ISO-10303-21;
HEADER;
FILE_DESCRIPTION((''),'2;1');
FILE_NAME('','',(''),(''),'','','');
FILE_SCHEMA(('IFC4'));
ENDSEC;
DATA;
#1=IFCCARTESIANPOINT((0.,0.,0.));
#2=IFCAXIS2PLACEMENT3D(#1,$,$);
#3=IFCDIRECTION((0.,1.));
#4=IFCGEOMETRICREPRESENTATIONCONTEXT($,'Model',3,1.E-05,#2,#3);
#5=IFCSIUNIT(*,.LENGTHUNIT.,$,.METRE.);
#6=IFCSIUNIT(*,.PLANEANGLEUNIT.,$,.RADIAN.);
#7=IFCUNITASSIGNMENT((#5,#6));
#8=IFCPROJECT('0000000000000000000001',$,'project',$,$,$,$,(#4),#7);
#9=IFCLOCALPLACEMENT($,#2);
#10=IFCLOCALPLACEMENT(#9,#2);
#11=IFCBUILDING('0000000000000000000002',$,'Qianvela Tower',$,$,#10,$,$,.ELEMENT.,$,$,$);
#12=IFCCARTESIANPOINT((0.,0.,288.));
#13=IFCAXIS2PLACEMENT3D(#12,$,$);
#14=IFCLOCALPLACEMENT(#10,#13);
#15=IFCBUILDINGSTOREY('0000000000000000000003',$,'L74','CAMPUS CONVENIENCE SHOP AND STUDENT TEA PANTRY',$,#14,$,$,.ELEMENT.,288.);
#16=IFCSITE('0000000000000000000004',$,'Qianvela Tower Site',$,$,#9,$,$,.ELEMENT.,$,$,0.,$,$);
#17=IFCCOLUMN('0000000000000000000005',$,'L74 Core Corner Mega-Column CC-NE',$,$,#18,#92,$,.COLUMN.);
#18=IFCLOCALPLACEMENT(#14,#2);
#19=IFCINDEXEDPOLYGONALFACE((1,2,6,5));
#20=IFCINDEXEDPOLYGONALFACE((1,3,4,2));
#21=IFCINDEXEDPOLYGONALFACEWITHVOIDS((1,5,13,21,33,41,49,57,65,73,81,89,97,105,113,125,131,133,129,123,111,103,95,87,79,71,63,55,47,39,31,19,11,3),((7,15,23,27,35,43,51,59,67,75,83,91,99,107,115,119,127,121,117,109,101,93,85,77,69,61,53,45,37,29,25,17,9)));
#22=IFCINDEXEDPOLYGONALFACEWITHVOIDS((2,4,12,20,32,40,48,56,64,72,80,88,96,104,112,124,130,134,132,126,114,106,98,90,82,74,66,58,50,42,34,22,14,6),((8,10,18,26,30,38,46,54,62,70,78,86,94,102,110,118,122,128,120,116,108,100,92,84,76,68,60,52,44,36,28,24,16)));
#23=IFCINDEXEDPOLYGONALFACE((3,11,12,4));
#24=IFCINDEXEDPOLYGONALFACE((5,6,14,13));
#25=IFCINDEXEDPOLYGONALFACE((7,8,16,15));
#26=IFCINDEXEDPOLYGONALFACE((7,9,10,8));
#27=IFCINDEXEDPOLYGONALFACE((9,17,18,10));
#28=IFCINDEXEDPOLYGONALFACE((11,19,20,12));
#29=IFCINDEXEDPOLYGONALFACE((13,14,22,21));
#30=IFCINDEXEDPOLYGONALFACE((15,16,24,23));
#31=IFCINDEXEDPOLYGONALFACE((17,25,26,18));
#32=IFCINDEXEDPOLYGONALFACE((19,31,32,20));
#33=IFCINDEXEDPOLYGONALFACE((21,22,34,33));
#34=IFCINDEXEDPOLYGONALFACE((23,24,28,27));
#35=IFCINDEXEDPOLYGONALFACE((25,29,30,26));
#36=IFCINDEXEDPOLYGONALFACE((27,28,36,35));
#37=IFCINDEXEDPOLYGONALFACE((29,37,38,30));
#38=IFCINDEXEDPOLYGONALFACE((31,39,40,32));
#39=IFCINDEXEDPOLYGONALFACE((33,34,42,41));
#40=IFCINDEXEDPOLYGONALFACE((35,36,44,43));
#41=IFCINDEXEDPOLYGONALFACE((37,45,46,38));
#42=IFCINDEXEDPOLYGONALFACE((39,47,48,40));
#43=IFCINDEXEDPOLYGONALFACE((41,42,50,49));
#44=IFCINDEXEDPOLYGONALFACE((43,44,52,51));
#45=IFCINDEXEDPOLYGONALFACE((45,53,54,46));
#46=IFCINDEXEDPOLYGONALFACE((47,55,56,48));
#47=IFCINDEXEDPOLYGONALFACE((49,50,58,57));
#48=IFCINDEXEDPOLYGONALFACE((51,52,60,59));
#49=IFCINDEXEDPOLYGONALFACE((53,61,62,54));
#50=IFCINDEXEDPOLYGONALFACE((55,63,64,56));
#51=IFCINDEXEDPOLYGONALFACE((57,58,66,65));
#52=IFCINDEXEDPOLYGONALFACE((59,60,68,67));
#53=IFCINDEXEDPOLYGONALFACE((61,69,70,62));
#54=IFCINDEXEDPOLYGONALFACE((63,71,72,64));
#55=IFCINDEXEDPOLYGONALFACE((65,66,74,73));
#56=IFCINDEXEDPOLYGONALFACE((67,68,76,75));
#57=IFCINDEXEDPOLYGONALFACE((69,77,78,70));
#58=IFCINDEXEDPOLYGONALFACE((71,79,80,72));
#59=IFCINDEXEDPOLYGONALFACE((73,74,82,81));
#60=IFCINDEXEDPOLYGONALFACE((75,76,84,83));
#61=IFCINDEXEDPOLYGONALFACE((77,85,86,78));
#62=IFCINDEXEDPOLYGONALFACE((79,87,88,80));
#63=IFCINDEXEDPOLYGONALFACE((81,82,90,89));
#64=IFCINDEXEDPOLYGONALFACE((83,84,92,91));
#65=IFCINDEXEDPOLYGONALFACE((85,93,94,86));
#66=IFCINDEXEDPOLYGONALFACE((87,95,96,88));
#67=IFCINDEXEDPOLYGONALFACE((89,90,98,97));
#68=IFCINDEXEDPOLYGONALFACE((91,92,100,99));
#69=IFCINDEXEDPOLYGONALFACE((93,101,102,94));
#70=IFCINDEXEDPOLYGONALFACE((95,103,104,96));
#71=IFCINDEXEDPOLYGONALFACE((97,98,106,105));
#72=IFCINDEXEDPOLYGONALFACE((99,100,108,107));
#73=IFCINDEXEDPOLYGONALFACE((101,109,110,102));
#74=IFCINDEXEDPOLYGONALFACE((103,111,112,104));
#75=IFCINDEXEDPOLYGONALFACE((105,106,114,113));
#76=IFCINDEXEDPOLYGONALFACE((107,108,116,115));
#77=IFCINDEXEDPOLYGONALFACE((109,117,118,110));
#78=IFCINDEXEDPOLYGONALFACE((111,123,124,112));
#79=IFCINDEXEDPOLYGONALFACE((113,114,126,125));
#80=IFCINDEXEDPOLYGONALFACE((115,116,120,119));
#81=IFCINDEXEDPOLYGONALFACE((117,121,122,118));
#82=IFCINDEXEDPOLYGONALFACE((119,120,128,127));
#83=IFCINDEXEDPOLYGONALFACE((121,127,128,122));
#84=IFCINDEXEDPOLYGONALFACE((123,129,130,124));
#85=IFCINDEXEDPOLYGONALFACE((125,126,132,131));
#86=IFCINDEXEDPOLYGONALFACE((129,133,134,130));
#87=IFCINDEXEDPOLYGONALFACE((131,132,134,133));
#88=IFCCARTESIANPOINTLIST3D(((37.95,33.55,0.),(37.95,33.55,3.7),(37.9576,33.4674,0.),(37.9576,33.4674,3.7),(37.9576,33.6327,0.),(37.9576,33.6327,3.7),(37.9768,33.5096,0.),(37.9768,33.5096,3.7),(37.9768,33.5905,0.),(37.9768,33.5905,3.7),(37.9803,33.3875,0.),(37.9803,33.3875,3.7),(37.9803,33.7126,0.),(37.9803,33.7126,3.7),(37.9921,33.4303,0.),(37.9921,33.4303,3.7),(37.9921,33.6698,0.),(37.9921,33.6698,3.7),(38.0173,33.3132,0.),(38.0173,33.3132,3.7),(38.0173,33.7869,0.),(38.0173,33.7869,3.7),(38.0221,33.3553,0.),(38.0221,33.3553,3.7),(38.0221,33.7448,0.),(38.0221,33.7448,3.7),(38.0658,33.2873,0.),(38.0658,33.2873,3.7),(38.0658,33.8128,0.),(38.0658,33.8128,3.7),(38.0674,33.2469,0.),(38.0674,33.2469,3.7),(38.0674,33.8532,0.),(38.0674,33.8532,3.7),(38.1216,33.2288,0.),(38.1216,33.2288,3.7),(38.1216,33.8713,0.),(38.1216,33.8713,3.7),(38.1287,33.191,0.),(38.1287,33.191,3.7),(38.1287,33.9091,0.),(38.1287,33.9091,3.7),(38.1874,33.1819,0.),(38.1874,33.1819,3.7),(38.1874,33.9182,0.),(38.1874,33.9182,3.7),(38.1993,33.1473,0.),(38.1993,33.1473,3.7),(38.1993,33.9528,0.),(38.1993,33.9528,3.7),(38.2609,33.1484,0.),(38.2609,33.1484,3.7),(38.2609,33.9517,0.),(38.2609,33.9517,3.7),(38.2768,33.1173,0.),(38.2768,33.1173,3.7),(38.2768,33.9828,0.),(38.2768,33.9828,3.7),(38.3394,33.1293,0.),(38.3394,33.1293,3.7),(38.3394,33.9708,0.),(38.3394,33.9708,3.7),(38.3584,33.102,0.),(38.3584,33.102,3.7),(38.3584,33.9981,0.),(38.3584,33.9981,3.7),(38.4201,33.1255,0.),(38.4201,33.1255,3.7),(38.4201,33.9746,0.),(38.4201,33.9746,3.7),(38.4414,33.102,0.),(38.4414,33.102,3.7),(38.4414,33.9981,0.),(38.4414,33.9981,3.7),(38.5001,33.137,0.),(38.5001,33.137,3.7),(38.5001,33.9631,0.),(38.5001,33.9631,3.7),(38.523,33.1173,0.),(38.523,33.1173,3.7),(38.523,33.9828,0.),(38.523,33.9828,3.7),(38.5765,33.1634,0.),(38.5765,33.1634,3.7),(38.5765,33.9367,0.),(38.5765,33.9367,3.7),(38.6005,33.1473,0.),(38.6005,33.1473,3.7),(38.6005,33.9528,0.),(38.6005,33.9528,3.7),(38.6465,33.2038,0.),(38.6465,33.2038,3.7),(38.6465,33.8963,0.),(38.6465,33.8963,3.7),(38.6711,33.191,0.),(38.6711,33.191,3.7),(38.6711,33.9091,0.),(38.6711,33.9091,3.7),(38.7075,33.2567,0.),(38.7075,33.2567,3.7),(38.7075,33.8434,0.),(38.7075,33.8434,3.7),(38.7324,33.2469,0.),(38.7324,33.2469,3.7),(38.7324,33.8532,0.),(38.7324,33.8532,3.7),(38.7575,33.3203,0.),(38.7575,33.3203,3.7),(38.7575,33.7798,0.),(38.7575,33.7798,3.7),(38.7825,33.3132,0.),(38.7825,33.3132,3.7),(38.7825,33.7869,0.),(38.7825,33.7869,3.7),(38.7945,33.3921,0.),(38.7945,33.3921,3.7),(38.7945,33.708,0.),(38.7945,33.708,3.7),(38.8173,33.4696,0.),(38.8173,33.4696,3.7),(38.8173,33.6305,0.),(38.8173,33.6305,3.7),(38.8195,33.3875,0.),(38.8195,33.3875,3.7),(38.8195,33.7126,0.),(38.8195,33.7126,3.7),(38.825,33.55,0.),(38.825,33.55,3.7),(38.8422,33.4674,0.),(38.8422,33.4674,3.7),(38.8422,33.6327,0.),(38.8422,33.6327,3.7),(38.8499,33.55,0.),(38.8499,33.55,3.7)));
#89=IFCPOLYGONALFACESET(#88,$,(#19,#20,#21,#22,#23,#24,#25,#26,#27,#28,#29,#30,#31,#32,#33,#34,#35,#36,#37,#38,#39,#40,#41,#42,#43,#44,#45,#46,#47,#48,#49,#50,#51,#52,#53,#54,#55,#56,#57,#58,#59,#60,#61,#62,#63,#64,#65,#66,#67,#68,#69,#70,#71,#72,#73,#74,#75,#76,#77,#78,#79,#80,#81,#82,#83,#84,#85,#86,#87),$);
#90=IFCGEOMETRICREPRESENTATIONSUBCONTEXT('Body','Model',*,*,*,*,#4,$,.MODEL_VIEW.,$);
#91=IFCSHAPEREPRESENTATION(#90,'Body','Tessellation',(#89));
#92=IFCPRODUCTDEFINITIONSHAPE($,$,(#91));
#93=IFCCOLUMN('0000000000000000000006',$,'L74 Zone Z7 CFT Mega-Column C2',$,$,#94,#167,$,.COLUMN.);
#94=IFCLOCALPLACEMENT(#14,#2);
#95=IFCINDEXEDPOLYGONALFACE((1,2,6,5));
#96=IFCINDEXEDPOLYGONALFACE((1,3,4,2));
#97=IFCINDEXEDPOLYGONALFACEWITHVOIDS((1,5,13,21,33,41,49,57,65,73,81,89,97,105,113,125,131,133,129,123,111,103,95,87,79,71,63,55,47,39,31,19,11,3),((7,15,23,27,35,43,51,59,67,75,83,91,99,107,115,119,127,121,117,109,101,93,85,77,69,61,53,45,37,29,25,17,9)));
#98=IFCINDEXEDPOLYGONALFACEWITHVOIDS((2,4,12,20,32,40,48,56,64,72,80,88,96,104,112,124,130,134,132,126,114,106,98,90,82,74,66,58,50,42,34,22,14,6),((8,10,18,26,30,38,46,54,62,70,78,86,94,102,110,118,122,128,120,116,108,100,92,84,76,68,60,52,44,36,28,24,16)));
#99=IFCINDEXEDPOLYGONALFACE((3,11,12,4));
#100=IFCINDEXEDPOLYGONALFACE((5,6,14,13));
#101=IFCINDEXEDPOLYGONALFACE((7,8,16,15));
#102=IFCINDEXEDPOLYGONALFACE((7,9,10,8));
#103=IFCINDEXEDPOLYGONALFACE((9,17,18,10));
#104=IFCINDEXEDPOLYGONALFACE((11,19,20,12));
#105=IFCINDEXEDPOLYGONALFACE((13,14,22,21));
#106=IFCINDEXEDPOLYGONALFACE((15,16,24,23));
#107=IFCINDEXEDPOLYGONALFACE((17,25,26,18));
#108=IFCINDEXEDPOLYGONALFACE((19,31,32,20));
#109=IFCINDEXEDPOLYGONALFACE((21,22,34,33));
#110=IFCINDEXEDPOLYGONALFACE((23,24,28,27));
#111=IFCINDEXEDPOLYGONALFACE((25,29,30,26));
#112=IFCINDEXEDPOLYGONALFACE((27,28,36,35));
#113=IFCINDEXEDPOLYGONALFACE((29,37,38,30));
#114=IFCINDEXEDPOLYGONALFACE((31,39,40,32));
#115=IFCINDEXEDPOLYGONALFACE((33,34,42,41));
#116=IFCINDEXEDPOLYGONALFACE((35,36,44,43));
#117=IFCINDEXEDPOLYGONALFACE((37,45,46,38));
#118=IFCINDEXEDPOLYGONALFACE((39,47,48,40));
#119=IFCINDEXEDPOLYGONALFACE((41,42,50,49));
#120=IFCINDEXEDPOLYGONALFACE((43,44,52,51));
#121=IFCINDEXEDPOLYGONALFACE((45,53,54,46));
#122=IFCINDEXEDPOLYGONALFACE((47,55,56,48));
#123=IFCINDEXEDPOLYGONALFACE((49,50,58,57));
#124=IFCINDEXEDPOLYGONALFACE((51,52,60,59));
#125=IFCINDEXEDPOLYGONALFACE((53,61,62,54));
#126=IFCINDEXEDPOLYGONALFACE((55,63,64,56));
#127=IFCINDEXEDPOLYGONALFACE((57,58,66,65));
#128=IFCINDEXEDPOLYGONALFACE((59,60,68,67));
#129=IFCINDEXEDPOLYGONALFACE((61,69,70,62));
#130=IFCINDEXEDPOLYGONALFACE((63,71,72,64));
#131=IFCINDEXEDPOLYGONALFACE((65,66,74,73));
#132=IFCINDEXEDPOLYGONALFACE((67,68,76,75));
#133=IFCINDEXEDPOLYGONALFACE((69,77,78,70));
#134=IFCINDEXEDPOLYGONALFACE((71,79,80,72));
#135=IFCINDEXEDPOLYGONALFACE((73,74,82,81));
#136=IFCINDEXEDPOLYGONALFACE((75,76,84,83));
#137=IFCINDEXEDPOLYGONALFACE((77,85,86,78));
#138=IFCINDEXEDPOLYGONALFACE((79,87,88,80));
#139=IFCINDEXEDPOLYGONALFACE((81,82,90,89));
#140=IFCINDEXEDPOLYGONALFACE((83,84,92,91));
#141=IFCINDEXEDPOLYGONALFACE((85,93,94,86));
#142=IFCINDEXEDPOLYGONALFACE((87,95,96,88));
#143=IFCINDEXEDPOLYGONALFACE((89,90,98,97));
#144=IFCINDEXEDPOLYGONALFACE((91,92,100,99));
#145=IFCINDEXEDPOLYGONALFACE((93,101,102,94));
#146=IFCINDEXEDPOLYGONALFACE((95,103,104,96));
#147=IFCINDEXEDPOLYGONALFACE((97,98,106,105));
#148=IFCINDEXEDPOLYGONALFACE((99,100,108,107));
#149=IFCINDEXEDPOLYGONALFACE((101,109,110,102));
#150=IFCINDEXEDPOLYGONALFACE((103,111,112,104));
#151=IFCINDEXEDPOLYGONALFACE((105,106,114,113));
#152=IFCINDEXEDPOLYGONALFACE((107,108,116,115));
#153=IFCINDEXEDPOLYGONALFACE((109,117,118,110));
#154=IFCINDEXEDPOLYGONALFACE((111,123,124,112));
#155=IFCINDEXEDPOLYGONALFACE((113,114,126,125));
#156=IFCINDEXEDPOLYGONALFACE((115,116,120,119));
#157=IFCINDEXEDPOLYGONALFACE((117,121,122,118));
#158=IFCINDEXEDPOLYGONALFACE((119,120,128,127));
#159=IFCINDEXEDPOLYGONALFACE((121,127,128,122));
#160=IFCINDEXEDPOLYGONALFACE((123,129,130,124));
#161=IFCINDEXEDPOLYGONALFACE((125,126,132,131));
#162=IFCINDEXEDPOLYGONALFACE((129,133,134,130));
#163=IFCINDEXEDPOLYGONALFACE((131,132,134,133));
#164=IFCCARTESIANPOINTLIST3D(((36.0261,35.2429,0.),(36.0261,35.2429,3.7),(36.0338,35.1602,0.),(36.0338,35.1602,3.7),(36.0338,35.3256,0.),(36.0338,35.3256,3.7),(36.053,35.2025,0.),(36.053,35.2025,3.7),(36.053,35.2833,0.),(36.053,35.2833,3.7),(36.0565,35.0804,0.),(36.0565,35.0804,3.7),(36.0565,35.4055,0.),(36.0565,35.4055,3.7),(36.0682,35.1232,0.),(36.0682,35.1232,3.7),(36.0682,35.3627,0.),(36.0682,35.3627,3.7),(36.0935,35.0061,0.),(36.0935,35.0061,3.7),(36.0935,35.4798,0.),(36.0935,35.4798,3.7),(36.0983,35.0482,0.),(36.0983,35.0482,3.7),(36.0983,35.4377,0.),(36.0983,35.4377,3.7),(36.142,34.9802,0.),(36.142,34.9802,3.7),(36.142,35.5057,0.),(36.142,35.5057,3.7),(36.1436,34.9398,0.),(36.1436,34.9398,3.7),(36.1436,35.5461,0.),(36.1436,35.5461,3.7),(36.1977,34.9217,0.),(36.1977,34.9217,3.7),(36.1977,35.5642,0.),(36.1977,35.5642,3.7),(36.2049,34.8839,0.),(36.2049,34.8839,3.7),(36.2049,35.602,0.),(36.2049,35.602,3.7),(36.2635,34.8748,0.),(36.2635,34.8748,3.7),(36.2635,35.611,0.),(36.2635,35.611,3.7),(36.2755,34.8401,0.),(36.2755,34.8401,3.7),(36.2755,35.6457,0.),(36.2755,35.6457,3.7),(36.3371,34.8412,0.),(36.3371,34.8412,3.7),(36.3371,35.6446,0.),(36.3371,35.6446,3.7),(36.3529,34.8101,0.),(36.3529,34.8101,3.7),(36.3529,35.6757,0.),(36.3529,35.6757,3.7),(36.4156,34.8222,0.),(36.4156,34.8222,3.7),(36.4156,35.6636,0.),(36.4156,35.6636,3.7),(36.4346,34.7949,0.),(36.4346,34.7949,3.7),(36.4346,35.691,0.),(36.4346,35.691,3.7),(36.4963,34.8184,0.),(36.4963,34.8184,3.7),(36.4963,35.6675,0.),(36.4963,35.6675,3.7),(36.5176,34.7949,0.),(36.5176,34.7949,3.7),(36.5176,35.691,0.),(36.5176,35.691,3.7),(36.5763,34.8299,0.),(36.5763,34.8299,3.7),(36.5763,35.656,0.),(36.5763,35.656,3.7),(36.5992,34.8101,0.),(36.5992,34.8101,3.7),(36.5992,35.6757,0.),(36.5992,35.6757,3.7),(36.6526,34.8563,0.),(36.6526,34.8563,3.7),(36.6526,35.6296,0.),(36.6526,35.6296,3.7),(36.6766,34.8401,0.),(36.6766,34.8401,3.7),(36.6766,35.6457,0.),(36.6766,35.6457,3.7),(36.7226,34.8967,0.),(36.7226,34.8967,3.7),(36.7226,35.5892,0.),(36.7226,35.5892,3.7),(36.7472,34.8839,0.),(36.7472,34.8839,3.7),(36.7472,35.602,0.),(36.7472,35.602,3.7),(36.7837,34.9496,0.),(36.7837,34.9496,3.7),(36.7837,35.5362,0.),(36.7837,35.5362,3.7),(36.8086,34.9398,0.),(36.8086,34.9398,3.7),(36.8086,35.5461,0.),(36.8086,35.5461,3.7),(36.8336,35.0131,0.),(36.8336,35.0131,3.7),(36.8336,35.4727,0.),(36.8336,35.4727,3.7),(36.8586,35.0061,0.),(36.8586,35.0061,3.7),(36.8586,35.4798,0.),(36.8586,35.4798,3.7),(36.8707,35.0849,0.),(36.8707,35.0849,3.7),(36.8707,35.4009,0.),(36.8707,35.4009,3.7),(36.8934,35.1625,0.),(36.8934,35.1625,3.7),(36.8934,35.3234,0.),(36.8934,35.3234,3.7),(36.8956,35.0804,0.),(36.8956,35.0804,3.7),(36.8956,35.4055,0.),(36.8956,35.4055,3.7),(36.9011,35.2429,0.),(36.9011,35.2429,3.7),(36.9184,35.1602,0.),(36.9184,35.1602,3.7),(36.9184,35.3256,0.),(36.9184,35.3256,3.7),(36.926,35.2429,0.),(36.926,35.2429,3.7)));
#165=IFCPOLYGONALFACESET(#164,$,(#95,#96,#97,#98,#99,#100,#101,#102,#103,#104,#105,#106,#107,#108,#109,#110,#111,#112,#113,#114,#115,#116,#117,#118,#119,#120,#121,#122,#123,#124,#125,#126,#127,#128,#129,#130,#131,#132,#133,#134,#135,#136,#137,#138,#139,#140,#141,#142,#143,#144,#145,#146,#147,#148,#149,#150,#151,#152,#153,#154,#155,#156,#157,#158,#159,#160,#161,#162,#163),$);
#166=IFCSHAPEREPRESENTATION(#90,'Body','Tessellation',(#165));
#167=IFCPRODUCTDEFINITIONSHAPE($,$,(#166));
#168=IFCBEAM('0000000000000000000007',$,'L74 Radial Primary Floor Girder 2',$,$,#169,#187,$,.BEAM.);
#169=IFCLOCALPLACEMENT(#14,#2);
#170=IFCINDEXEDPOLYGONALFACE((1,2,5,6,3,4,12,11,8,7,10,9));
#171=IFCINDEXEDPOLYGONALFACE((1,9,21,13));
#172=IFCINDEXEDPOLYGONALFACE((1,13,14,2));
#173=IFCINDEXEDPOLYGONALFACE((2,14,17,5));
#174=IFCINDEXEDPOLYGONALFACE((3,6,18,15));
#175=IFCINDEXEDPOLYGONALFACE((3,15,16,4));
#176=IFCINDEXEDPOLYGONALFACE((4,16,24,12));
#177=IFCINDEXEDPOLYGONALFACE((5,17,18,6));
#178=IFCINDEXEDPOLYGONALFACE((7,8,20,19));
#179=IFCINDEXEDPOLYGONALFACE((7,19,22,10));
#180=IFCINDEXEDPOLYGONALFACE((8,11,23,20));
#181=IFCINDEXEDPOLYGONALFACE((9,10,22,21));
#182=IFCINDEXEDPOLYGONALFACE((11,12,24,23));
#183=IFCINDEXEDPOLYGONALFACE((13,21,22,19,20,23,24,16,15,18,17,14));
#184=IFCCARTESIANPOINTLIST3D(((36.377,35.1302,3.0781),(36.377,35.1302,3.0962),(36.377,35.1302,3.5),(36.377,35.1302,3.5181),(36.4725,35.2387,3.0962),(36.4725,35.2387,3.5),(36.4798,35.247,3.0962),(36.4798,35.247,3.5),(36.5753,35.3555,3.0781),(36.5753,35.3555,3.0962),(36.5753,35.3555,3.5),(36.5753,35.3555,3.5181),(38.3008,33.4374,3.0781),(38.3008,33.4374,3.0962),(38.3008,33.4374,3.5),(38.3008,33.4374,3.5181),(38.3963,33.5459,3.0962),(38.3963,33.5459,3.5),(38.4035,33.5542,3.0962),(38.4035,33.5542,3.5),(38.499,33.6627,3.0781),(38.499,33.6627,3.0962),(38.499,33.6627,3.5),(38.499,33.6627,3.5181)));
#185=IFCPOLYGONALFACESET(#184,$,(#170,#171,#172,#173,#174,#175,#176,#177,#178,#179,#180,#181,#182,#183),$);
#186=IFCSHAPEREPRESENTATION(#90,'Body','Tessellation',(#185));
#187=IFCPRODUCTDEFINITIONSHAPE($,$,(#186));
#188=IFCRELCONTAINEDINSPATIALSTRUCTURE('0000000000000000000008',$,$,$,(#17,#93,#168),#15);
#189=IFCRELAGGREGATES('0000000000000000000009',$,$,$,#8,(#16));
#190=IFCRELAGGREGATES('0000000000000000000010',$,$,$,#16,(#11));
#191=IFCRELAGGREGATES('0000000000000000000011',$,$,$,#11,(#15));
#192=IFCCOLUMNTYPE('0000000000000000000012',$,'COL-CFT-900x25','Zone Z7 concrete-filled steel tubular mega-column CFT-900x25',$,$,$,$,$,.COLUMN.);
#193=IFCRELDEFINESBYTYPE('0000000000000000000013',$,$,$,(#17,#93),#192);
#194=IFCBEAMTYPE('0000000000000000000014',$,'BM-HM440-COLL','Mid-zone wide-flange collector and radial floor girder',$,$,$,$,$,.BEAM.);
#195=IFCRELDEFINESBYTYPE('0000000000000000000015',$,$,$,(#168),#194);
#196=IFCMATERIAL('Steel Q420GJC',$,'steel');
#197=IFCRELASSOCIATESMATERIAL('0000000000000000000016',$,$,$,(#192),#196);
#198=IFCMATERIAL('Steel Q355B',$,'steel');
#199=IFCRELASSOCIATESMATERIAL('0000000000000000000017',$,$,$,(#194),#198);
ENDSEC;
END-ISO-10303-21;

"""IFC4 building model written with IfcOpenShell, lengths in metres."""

from ifc_helpers import new_model, si_unit, direction, frame, origin, origin_2d, place, context, subcontext, project, spatial, hollow_circle, i_section, extrude, material, material_profile, profile_set, type_object, element, save


model = new_model("IFC4")

# Units and contexts
model_context = context("Model", 3, precision=1e-05, world=origin(), true_north=direction((0.0, 1.0)))
body_context = subcontext(model_context, "Body", "Model", "MODEL_VIEW")
ifc_project = project(units=[si_unit("LENGTHUNIT", "METRE"), si_unit("PLANEANGLEUNIT", "RADIAN")], contexts=[model_context])

# Site, building, storey
site_placement = place(None, origin())
site = spatial("IfcSite", under=ifc_project, at=site_placement, Name="Qianvela Tower Site", CompositionType="ELEMENT", RefElevation=0.0)
building_placement = place(site_placement, origin())
building = spatial("IfcBuilding", under=site, at=building_placement, Name="Qianvela Tower", CompositionType="ELEMENT")
storey_placement = place(building_placement, frame((0.0, 0.0, 288.0)))
storey = spatial("IfcBuildingStorey", under=building, at=storey_placement, Name="L74", Description="CAMPUS CONVENIENCE SHOP AND STUDENT TEA PANTRY", CompositionType="ELEMENT", Elevation=288.0)

# Columns
ifc_material_1 = material(Name="Steel Q420GJC", Category="steel")
ifc_material_profile_1 = material_profile(ifc_material_1, hollow_circle(Radius=0.45, WallThickness=0.0249, at=origin_2d()), Name="CFT-900x25")
ifc_profile_set_1 = profile_set([ifc_material_profile_1], Name="Steel Q420GJC")
column_type = type_object("IfcColumnType", Name="COL-CFT-900x25", Description="Zone Z7 concrete-filled steel tubular mega-column CFT-900x25", PredefinedType="COLUMN", material=ifc_profile_set_1)
for number, where, z_axis, x_axis, name in (
    (1, (38.3999, 33.55, 0.0), (0.0, 0.0, 1.0), (1.0, 0.0, 0.0), "L74 Core Corner Mega-Column CC-NE"),
    (2, (36.4761, 35.2429, 0.0), (0.0, 0.0, 1.0), (1.0, 0.0, 0.0), "L74 Zone Z7 CFT Mega-Column C2"),
):
    element("IfcColumn", number, at=place(storey_placement, frame(where, z_axis=z_axis, x_axis=x_axis)), inside=storey, type_object=column_type, Name=name, PredefinedType="COLUMN", context=body_context, shape_type="SweptSolid", body=[
        extrude(hollow_circle(Radius=0.45, WallThickness=0.0249, at=origin_2d()), origin(), (0.0, 0.0, 1.0), 3.7),
    ])

# Beam
ifc_material_2 = material(Name="Steel Q355B", Category="steel")
ifc_material_profile_2 = material_profile(ifc_material_2, i_section(OverallWidth=0.3, OverallDepth=0.4399, WebThickness=0.011, FlangeThickness=0.0181, at=origin_2d()), Name="HM440x300x11x18")
ifc_profile_set_2 = profile_set([ifc_material_profile_2], Name="Steel Q355B")
beam_type_1 = type_object("IfcBeamType", Name="BM-HM440-COLL", Description="Mid-zone wide-flange collector and radial floor girder", PredefinedType="BEAM", material=ifc_profile_set_2)
beam_1_placement = place(storey_placement, frame((38.3999, 33.55, 3.2981), z_axis=(-0.750732, 0.660606, 0.0), x_axis=(-0.660606, -0.750732, 0.0)))
element("IfcBeam", 3, at=beam_1_placement, inside=storey, type_object=beam_type_1, Name="L74 Radial Primary Floor Girder 2", PredefinedType="BEAM", context=body_context, shape_type="SweptSolid", body=[
    extrude(i_section(OverallWidth=0.3, OverallDepth=0.4399, WebThickness=0.011, FlangeThickness=0.0181, at=origin_2d()), origin(), (0.0, 0.0, 1.0), 2.5625),
])

save(model, "model.ifc")
